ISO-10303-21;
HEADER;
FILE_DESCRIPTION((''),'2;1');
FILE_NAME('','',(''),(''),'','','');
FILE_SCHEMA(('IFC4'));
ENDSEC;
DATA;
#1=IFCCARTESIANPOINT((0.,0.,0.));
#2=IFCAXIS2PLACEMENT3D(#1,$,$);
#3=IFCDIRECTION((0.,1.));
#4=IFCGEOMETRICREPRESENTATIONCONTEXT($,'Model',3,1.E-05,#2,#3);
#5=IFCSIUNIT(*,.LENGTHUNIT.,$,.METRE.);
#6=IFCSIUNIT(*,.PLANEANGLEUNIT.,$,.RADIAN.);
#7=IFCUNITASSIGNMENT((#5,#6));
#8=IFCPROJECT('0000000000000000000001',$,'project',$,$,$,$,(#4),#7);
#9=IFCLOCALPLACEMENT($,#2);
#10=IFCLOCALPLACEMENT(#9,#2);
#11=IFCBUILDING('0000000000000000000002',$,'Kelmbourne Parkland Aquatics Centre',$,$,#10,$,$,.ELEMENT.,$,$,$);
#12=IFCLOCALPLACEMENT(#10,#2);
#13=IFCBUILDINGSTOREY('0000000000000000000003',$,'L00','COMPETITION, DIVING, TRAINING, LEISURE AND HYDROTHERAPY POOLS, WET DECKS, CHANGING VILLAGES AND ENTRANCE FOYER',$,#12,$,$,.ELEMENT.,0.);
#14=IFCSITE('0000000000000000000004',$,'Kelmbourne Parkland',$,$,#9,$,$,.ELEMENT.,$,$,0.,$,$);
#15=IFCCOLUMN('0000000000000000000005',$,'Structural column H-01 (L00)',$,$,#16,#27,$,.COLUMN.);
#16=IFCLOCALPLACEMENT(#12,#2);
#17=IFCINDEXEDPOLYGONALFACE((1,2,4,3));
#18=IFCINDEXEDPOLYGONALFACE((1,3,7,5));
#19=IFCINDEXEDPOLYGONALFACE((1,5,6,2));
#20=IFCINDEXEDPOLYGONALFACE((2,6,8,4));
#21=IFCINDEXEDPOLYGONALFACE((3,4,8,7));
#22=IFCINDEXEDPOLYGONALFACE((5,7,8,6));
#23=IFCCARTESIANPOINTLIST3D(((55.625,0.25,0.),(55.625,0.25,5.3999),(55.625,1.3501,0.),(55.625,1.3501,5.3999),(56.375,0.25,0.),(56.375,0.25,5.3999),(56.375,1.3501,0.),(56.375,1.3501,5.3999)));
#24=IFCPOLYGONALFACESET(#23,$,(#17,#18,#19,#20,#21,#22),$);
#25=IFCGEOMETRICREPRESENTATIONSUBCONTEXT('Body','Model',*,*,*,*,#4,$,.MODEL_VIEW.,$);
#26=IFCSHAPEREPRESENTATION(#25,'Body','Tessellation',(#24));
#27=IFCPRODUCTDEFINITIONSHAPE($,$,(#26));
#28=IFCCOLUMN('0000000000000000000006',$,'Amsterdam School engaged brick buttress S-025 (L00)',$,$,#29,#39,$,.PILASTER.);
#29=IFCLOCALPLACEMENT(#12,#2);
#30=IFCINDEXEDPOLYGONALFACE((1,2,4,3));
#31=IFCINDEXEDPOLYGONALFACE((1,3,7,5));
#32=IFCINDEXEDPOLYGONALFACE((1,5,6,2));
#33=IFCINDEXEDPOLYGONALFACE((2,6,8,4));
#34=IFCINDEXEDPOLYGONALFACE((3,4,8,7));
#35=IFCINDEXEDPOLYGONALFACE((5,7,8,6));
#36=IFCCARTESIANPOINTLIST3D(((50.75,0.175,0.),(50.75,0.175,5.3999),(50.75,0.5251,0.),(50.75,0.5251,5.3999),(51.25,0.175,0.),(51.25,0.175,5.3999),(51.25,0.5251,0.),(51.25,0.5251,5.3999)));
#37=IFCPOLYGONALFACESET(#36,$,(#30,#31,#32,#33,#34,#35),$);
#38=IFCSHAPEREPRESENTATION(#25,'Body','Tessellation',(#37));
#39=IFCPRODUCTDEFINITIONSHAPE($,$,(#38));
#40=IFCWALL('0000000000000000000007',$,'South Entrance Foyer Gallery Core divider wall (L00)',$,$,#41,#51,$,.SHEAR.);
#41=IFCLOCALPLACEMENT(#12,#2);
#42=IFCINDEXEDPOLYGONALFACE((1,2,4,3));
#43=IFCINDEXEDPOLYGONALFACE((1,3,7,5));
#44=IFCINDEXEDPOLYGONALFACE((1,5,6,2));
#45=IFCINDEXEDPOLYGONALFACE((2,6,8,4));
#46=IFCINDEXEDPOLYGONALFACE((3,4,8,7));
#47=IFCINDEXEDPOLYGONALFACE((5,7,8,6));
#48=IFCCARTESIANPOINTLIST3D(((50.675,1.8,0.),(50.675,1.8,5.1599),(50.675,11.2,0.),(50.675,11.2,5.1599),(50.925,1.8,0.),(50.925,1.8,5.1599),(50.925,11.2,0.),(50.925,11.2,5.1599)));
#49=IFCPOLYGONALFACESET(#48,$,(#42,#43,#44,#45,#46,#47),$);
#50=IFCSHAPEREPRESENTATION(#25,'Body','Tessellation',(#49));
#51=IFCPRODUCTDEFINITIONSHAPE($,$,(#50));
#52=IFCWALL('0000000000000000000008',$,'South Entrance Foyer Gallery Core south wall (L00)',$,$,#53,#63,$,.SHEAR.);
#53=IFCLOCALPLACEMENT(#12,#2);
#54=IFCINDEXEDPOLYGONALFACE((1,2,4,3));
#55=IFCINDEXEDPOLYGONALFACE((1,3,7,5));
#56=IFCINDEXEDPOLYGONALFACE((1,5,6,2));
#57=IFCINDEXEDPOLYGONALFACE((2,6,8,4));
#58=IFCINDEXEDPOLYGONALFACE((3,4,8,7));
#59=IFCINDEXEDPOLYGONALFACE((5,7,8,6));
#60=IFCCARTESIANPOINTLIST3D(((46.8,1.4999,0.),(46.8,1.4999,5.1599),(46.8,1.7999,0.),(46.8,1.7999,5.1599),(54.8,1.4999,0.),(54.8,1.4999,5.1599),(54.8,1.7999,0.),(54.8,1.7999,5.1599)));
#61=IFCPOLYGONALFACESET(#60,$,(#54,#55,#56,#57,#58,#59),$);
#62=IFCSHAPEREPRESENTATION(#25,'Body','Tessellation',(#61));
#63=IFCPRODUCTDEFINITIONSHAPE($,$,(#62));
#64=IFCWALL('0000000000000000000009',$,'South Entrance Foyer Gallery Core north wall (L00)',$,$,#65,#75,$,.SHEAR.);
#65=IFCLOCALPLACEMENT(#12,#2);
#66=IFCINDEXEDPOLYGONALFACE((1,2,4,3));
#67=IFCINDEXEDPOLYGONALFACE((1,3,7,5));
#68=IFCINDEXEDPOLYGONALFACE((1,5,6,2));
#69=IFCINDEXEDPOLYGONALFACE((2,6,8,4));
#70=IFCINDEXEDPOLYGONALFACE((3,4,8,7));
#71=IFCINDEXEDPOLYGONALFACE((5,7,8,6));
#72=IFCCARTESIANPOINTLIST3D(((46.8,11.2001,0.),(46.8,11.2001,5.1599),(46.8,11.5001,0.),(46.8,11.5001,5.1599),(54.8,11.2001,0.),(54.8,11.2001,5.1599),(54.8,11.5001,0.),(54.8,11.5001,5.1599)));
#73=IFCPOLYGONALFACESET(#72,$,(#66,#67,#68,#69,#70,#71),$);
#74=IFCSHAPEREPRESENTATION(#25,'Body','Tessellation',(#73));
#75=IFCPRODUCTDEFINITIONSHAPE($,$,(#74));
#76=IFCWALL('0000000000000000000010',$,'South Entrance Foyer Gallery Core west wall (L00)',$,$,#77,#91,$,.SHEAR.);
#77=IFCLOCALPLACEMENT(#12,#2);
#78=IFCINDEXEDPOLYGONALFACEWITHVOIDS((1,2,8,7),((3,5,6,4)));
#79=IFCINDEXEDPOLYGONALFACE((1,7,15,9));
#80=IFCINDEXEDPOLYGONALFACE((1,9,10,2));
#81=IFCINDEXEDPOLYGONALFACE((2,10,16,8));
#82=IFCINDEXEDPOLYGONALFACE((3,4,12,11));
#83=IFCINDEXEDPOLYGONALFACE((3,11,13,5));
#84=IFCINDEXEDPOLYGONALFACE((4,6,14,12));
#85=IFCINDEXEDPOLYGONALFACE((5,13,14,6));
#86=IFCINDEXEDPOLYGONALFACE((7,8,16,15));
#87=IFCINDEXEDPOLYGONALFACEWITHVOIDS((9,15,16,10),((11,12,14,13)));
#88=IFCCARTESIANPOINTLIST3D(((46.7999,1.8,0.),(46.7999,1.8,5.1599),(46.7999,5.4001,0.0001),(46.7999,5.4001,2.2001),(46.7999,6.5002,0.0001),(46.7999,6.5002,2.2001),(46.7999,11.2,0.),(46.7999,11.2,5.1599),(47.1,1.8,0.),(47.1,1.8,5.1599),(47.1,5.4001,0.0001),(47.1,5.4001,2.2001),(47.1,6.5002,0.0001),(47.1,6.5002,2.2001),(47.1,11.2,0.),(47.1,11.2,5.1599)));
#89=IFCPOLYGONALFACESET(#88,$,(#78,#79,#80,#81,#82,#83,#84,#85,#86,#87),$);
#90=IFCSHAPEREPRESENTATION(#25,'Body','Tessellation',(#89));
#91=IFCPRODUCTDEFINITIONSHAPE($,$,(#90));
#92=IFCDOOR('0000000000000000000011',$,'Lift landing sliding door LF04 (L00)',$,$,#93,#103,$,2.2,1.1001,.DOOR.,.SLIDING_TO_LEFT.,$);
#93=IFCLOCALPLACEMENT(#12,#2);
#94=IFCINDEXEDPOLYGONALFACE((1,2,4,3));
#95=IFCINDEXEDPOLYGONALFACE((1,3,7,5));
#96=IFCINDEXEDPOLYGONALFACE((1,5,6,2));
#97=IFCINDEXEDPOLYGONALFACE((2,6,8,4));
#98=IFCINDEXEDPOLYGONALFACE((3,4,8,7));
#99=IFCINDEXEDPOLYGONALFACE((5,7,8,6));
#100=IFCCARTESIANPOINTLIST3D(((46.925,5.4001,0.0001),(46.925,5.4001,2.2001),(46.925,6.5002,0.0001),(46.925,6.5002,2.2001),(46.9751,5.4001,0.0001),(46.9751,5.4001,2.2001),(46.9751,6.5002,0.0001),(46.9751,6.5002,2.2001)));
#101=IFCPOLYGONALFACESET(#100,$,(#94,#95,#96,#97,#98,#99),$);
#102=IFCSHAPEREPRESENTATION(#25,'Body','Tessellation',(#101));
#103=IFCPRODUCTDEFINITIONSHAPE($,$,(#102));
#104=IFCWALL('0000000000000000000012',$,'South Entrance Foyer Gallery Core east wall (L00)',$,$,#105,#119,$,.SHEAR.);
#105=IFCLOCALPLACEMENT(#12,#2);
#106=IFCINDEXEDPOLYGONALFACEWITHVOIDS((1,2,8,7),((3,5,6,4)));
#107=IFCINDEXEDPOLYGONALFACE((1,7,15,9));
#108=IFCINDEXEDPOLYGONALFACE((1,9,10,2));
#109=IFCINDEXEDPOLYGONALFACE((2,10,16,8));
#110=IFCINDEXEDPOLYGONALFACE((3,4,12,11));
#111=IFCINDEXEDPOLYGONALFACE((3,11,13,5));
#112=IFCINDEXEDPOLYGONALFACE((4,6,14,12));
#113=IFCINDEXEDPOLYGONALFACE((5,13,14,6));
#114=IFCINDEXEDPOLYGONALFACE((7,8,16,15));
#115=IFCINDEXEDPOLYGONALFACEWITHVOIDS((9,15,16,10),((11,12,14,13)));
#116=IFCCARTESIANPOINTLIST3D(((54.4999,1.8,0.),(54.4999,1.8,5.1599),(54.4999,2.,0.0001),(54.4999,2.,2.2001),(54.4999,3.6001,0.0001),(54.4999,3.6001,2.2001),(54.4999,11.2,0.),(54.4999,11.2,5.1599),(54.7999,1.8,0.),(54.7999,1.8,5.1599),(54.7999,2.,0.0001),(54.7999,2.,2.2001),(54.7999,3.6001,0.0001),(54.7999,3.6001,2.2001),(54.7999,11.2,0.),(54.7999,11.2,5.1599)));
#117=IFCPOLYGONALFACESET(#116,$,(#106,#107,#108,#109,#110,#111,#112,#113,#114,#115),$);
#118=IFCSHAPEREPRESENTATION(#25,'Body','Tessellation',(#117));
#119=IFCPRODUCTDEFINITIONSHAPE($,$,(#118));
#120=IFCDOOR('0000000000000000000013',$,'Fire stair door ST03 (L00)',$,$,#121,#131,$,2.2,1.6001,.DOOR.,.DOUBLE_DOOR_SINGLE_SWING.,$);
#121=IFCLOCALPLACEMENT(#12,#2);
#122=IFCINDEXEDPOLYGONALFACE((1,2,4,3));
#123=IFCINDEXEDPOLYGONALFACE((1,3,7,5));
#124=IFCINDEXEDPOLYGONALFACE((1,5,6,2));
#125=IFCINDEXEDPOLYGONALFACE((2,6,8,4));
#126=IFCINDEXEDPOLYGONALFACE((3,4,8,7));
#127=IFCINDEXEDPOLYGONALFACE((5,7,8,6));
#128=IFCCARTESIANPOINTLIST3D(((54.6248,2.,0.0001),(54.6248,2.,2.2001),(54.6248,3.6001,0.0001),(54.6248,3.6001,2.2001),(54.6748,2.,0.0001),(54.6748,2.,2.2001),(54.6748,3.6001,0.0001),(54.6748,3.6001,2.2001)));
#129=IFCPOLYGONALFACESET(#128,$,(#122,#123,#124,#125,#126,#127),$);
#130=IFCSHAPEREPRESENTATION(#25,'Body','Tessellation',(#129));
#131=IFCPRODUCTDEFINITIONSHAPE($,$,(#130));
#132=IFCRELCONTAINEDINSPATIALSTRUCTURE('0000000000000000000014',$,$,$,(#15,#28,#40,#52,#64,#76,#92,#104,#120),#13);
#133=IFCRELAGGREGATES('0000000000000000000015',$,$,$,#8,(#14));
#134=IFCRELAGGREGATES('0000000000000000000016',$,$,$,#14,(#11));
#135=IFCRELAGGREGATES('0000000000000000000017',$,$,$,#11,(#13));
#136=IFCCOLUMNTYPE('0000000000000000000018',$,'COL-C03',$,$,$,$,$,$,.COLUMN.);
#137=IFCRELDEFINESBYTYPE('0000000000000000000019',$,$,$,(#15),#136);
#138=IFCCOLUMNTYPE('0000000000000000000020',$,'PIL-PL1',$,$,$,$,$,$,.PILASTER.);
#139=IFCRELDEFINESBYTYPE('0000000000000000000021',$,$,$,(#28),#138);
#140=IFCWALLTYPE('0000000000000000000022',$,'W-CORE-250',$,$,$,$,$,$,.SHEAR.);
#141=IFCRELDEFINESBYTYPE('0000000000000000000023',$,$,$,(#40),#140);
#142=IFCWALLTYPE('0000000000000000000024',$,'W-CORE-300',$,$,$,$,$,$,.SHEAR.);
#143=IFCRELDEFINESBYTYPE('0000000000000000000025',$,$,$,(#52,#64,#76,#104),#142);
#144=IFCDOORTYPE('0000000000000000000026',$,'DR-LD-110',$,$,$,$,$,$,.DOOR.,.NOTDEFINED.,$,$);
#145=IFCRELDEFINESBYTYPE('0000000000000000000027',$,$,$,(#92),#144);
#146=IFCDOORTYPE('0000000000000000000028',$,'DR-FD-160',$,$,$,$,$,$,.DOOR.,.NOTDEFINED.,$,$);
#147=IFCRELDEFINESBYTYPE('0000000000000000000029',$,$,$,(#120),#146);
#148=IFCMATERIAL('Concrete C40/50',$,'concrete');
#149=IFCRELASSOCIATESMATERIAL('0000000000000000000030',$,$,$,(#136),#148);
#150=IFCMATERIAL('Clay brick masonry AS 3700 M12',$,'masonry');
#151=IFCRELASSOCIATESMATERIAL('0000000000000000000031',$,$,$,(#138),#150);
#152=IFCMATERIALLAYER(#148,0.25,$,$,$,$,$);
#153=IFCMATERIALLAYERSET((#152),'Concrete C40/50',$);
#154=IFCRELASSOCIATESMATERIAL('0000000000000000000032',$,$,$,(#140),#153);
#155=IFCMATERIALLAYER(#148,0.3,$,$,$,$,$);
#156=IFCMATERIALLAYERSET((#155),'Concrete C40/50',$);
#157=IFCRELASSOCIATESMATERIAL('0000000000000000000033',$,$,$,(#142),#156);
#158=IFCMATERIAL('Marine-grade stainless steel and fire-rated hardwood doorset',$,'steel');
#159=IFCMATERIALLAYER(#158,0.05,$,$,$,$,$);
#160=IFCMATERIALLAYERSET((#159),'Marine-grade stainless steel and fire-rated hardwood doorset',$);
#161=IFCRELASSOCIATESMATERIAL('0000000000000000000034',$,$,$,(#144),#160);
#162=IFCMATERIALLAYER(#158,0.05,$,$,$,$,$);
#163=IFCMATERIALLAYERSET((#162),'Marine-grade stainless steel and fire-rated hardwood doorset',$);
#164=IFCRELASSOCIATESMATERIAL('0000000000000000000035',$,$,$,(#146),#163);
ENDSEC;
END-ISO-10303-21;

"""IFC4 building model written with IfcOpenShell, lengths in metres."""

from ifc_helpers import new_model, si_unit, direction, frame, frame_2d, origin, origin_2d, place, context, subcontext, project, spatial, rectangle, extrude, material, layer, layer_set, material_profile, profile_set, type_object, element, fill, save


model = new_model("IFC4")

# Units and contexts
model_context = context("Model", 3, precision=1e-05, world=origin(), true_north=direction((0.0, 1.0)))
body_context = subcontext(model_context, "Body", "Model", "MODEL_VIEW")
ifc_project = project(units=[si_unit("LENGTHUNIT", "METRE"), si_unit("PLANEANGLEUNIT", "RADIAN")], contexts=[model_context])

# Site, building, storey
site_placement = place(None, origin())
site = spatial("IfcSite", under=ifc_project, at=site_placement, Name="Kelmbourne Parkland", CompositionType="ELEMENT", RefElevation=0.0)
building_placement = place(site_placement, origin())
building = spatial("IfcBuilding", under=site, at=building_placement, Name="Kelmbourne Parkland Aquatics Centre", CompositionType="ELEMENT")
storey_placement = place(building_placement, origin())
storey = spatial("IfcBuildingStorey", under=building, at=storey_placement, Name="L00", Description="COMPETITION, DIVING, TRAINING, LEISURE AND HYDROTHERAPY POOLS, WET DECKS, CHANGING VILLAGES AND ENTRANCE FOYER", CompositionType="ELEMENT", Elevation=0.0)

# Columns
ifc_material_1 = material(Name="Concrete C40/50", Category="concrete")
ifc_material_profile_1 = material_profile(ifc_material_1, rectangle(XDim=0.75, YDim=1.1001, at=origin_2d()), Name="RC 750x1100")
ifc_profile_set_1 = profile_set([ifc_material_profile_1], Name="Concrete C40/50")
column_type_1 = type_object("IfcColumnType", Name="COL-C03", PredefinedType="COLUMN", material=ifc_profile_set_1)
column_1_placement = place(storey_placement, frame((56.0, 0.8, 0.0), z_axis=(0.0, 0.0, 1.0), x_axis=(1.0, 0.0, 0.0)))
element("IfcColumn", 1, at=column_1_placement, inside=storey, type_object=column_type_1, Name="Structural column H-01 (L00)", PredefinedType="COLUMN", context=body_context, shape_type="SweptSolid", body=[
    extrude(rectangle(XDim=0.75, YDim=1.1001, at=origin_2d()), origin(), (0.0, 0.0, 1.0), 5.3999),
])
ifc_material_2 = material(Name="Clay brick masonry AS 3700 M12", Category="masonry")
ifc_material_profile_2 = material_profile(ifc_material_2, rectangle(XDim=0.3501, YDim=0.5, at=origin_2d()), Name="PIL 350x500")
ifc_profile_set_2 = profile_set([ifc_material_profile_2], Name="Clay brick masonry AS 3700 M12")
column_type_2 = type_object("IfcColumnType", Name="PIL-PL1", PredefinedType="PILASTER", material=ifc_profile_set_2)
column_2_placement = place(storey_placement, frame((51.0, 0.3501, 0.0), z_axis=(0.0, 0.0, 1.0), x_axis=(0.0, 1.0, 0.0)))
element("IfcColumn", 2, at=column_2_placement, inside=storey, type_object=column_type_2, Name="Amsterdam School engaged brick buttress S-025 (L00)", PredefinedType="PILASTER", context=body_context, shape_type="SweptSolid", body=[
    extrude(rectangle(XDim=0.3501, YDim=0.5, at=origin_2d()), origin(), (0.0, 0.0, 1.0), 5.3999),
])

# Walls
ifc_layer_1 = layer(ifc_material_1, 0.25)
ifc_layer_set_1 = layer_set([ifc_layer_1], Name="Concrete C40/50")
wall_type_1 = type_object("IfcWallType", Name="W-CORE-250", PredefinedType="SHEAR", material=ifc_layer_set_1)
wall_1_placement = place(storey_placement, frame((50.8, 1.8, 0.0), z_axis=(0.0, 0.0, 1.0), x_axis=(0.0, 1.0, 0.0)))
element("IfcWall", 3, at=wall_1_placement, inside=storey, type_object=wall_type_1, Name="South Entrance Foyer Gallery Core divider wall (L00)", PredefinedType="SHEAR", context=body_context, shape_type="SweptSolid", body=[
    extrude(rectangle(XDim=9.3999, YDim=0.25, at=frame_2d((4.7, 0.0))), origin(), (0.0, 0.0, 1.0), 5.1599),
])
ifc_layer_2 = layer(ifc_material_1, 0.3)
ifc_layer_set_2 = layer_set([ifc_layer_2], Name="Concrete C40/50")
wall_type_2 = type_object("IfcWallType", Name="W-CORE-300", PredefinedType="SHEAR", material=ifc_layer_set_2)
for number, where, z_axis, x_axis, name in (
    (4, (46.8, 1.6499, 0.0), (0.0, 0.0, 1.0), (1.0, 0.0, 0.0), "South Entrance Foyer Gallery Core south wall (L00)"),
    (5, (46.8, 11.3501, 0.0), (0.0, 0.0, 1.0), (1.0, 0.0, 0.0), "South Entrance Foyer Gallery Core north wall (L00)"),
):
    element("IfcWall", number, at=place(storey_placement, frame(where, z_axis=z_axis, x_axis=x_axis)), inside=storey, type_object=wall_type_2, Name=name, PredefinedType="SHEAR", context=body_context, shape_type="SweptSolid", body=[
        extrude(rectangle(XDim=8.0, YDim=0.3, at=frame_2d((4.0, 0.0))), origin(), (0.0, 0.0, 1.0), 5.1599),
    ])

# Walls, openings, doors
wall_2_placement = place(storey_placement, frame((46.95, 1.8, 0.0), z_axis=(0.0, 0.0, 1.0), x_axis=(0.0, 1.0, 0.0)))
wall_2 = element("IfcWall", 6, at=wall_2_placement, inside=storey, type_object=wall_type_2, Name="South Entrance Foyer Gallery Core west wall (L00)", PredefinedType="SHEAR", context=body_context, shape_type="SweptSolid", body=[
    extrude(rectangle(XDim=9.3999, YDim=0.3, at=frame_2d((4.7, 0.0))), origin(), (0.0, 0.0, 1.0), 5.1599),
])
opening_1_placement = place(wall_2_placement, frame((3.6001, 0.0, 0.0)))
opening_1 = element("IfcOpeningElement", 7, at=opening_1_placement, cuts=wall_2, PredefinedType="OPENING", context=body_context, shape_type="SweptSolid", body=[
    extrude(rectangle(XDim=1.1001, YDim=2.2, at=frame_2d((0.55, 1.1001))), frame((0.0, 0.1621, 0.0), z_axis=(0.0, -1.0, 0.0), x_axis=(1.0, 0.0, 0.0)), (0.0, 0.0, 1.0), 0.324),
])
ifc_material_3 = material(Name="Marine-grade stainless steel and fire-rated hardwood doorset", Category="steel")
ifc_layer_3 = layer(ifc_material_3, 0.05)
ifc_layer_set_3 = layer_set([ifc_layer_3], Name="Marine-grade stainless steel and fire-rated hardwood doorset")
door_type_1 = type_object("IfcDoorType", Name="DR-LD-110", OperationType="NOTDEFINED", PredefinedType="DOOR", material=ifc_layer_set_3)
door_1_placement = place(opening_1_placement, origin())
door_1 = element("IfcDoor", 8, at=door_1_placement, inside=storey, type_object=door_type_1, Name="Lift landing sliding door LF04 (L00)", OperationType="SLIDING_TO_LEFT", OverallHeight=2.2, OverallWidth=1.1001, PredefinedType="DOOR", context=body_context, shape_type="SweptSolid", body=[
    extrude(rectangle(XDim=1.1001, YDim=2.2, at=frame_2d((0.55, 1.1001))), frame((0.0, 0.0249, 0.0), z_axis=(0.0, -1.0, 0.0), x_axis=(1.0, 0.0, 0.0)), (0.0, 0.0, 1.0), 0.05),
])
fill(opening_1, door_1)
wall_3_placement = place(storey_placement, frame((54.6499, 1.8, 0.0), z_axis=(0.0, 0.0, 1.0), x_axis=(0.0, 1.0, 0.0)))
wall_3 = element("IfcWall", 9, at=wall_3_placement, inside=storey, type_object=wall_type_2, Name="South Entrance Foyer Gallery Core east wall (L00)", PredefinedType="SHEAR", context=body_context, shape_type="SweptSolid", body=[
    extrude(rectangle(XDim=9.3999, YDim=0.3, at=frame_2d((4.7, 0.0))), origin(), (0.0, 0.0, 1.0), 5.1599),
])
opening_2_placement = place(wall_3_placement, frame((0.2, 0.0, 0.0)))
opening_2 = element("IfcOpeningElement", 10, at=opening_2_placement, cuts=wall_3, PredefinedType="OPENING", context=body_context, shape_type="SweptSolid", body=[
    extrude(rectangle(XDim=1.6001, YDim=2.2, at=frame_2d((0.8, 1.1001))), frame((0.0, 0.1621, 0.0), z_axis=(0.0, -1.0, 0.0), x_axis=(1.0, 0.0, 0.0)), (0.0, 0.0, 1.0), 0.324),
])
ifc_layer_4 = layer(ifc_material_3, 0.05)
ifc_layer_set_4 = layer_set([ifc_layer_4], Name="Marine-grade stainless steel and fire-rated hardwood doorset")
door_type_2 = type_object("IfcDoorType", Name="DR-FD-160", OperationType="NOTDEFINED", PredefinedType="DOOR", material=ifc_layer_set_4)
door_2_placement = place(opening_2_placement, frame((1.6001, 0.0, 0.0), z_axis=(0.0, 0.0, 1.0), x_axis=(-1.0, 0.0, 0.0)))
door_2 = element("IfcDoor", 11, at=door_2_placement, inside=storey, type_object=door_type_2, Name="Fire stair door ST03 (L00)", OperationType="DOUBLE_DOOR_SINGLE_SWING", OverallHeight=2.2, OverallWidth=1.6001, PredefinedType="DOOR", context=body_context, shape_type="SweptSolid", body=[
    extrude(rectangle(XDim=1.6001, YDim=2.2, at=frame_2d((0.8, 1.1001))), frame((0.0, 0.0249, 0.0), z_axis=(0.0, -1.0, 0.0), x_axis=(1.0, 0.0, 0.0)), (0.0, 0.0, 1.0), 0.05),
])
fill(opening_2, door_2)

save(model, "model.ifc")
